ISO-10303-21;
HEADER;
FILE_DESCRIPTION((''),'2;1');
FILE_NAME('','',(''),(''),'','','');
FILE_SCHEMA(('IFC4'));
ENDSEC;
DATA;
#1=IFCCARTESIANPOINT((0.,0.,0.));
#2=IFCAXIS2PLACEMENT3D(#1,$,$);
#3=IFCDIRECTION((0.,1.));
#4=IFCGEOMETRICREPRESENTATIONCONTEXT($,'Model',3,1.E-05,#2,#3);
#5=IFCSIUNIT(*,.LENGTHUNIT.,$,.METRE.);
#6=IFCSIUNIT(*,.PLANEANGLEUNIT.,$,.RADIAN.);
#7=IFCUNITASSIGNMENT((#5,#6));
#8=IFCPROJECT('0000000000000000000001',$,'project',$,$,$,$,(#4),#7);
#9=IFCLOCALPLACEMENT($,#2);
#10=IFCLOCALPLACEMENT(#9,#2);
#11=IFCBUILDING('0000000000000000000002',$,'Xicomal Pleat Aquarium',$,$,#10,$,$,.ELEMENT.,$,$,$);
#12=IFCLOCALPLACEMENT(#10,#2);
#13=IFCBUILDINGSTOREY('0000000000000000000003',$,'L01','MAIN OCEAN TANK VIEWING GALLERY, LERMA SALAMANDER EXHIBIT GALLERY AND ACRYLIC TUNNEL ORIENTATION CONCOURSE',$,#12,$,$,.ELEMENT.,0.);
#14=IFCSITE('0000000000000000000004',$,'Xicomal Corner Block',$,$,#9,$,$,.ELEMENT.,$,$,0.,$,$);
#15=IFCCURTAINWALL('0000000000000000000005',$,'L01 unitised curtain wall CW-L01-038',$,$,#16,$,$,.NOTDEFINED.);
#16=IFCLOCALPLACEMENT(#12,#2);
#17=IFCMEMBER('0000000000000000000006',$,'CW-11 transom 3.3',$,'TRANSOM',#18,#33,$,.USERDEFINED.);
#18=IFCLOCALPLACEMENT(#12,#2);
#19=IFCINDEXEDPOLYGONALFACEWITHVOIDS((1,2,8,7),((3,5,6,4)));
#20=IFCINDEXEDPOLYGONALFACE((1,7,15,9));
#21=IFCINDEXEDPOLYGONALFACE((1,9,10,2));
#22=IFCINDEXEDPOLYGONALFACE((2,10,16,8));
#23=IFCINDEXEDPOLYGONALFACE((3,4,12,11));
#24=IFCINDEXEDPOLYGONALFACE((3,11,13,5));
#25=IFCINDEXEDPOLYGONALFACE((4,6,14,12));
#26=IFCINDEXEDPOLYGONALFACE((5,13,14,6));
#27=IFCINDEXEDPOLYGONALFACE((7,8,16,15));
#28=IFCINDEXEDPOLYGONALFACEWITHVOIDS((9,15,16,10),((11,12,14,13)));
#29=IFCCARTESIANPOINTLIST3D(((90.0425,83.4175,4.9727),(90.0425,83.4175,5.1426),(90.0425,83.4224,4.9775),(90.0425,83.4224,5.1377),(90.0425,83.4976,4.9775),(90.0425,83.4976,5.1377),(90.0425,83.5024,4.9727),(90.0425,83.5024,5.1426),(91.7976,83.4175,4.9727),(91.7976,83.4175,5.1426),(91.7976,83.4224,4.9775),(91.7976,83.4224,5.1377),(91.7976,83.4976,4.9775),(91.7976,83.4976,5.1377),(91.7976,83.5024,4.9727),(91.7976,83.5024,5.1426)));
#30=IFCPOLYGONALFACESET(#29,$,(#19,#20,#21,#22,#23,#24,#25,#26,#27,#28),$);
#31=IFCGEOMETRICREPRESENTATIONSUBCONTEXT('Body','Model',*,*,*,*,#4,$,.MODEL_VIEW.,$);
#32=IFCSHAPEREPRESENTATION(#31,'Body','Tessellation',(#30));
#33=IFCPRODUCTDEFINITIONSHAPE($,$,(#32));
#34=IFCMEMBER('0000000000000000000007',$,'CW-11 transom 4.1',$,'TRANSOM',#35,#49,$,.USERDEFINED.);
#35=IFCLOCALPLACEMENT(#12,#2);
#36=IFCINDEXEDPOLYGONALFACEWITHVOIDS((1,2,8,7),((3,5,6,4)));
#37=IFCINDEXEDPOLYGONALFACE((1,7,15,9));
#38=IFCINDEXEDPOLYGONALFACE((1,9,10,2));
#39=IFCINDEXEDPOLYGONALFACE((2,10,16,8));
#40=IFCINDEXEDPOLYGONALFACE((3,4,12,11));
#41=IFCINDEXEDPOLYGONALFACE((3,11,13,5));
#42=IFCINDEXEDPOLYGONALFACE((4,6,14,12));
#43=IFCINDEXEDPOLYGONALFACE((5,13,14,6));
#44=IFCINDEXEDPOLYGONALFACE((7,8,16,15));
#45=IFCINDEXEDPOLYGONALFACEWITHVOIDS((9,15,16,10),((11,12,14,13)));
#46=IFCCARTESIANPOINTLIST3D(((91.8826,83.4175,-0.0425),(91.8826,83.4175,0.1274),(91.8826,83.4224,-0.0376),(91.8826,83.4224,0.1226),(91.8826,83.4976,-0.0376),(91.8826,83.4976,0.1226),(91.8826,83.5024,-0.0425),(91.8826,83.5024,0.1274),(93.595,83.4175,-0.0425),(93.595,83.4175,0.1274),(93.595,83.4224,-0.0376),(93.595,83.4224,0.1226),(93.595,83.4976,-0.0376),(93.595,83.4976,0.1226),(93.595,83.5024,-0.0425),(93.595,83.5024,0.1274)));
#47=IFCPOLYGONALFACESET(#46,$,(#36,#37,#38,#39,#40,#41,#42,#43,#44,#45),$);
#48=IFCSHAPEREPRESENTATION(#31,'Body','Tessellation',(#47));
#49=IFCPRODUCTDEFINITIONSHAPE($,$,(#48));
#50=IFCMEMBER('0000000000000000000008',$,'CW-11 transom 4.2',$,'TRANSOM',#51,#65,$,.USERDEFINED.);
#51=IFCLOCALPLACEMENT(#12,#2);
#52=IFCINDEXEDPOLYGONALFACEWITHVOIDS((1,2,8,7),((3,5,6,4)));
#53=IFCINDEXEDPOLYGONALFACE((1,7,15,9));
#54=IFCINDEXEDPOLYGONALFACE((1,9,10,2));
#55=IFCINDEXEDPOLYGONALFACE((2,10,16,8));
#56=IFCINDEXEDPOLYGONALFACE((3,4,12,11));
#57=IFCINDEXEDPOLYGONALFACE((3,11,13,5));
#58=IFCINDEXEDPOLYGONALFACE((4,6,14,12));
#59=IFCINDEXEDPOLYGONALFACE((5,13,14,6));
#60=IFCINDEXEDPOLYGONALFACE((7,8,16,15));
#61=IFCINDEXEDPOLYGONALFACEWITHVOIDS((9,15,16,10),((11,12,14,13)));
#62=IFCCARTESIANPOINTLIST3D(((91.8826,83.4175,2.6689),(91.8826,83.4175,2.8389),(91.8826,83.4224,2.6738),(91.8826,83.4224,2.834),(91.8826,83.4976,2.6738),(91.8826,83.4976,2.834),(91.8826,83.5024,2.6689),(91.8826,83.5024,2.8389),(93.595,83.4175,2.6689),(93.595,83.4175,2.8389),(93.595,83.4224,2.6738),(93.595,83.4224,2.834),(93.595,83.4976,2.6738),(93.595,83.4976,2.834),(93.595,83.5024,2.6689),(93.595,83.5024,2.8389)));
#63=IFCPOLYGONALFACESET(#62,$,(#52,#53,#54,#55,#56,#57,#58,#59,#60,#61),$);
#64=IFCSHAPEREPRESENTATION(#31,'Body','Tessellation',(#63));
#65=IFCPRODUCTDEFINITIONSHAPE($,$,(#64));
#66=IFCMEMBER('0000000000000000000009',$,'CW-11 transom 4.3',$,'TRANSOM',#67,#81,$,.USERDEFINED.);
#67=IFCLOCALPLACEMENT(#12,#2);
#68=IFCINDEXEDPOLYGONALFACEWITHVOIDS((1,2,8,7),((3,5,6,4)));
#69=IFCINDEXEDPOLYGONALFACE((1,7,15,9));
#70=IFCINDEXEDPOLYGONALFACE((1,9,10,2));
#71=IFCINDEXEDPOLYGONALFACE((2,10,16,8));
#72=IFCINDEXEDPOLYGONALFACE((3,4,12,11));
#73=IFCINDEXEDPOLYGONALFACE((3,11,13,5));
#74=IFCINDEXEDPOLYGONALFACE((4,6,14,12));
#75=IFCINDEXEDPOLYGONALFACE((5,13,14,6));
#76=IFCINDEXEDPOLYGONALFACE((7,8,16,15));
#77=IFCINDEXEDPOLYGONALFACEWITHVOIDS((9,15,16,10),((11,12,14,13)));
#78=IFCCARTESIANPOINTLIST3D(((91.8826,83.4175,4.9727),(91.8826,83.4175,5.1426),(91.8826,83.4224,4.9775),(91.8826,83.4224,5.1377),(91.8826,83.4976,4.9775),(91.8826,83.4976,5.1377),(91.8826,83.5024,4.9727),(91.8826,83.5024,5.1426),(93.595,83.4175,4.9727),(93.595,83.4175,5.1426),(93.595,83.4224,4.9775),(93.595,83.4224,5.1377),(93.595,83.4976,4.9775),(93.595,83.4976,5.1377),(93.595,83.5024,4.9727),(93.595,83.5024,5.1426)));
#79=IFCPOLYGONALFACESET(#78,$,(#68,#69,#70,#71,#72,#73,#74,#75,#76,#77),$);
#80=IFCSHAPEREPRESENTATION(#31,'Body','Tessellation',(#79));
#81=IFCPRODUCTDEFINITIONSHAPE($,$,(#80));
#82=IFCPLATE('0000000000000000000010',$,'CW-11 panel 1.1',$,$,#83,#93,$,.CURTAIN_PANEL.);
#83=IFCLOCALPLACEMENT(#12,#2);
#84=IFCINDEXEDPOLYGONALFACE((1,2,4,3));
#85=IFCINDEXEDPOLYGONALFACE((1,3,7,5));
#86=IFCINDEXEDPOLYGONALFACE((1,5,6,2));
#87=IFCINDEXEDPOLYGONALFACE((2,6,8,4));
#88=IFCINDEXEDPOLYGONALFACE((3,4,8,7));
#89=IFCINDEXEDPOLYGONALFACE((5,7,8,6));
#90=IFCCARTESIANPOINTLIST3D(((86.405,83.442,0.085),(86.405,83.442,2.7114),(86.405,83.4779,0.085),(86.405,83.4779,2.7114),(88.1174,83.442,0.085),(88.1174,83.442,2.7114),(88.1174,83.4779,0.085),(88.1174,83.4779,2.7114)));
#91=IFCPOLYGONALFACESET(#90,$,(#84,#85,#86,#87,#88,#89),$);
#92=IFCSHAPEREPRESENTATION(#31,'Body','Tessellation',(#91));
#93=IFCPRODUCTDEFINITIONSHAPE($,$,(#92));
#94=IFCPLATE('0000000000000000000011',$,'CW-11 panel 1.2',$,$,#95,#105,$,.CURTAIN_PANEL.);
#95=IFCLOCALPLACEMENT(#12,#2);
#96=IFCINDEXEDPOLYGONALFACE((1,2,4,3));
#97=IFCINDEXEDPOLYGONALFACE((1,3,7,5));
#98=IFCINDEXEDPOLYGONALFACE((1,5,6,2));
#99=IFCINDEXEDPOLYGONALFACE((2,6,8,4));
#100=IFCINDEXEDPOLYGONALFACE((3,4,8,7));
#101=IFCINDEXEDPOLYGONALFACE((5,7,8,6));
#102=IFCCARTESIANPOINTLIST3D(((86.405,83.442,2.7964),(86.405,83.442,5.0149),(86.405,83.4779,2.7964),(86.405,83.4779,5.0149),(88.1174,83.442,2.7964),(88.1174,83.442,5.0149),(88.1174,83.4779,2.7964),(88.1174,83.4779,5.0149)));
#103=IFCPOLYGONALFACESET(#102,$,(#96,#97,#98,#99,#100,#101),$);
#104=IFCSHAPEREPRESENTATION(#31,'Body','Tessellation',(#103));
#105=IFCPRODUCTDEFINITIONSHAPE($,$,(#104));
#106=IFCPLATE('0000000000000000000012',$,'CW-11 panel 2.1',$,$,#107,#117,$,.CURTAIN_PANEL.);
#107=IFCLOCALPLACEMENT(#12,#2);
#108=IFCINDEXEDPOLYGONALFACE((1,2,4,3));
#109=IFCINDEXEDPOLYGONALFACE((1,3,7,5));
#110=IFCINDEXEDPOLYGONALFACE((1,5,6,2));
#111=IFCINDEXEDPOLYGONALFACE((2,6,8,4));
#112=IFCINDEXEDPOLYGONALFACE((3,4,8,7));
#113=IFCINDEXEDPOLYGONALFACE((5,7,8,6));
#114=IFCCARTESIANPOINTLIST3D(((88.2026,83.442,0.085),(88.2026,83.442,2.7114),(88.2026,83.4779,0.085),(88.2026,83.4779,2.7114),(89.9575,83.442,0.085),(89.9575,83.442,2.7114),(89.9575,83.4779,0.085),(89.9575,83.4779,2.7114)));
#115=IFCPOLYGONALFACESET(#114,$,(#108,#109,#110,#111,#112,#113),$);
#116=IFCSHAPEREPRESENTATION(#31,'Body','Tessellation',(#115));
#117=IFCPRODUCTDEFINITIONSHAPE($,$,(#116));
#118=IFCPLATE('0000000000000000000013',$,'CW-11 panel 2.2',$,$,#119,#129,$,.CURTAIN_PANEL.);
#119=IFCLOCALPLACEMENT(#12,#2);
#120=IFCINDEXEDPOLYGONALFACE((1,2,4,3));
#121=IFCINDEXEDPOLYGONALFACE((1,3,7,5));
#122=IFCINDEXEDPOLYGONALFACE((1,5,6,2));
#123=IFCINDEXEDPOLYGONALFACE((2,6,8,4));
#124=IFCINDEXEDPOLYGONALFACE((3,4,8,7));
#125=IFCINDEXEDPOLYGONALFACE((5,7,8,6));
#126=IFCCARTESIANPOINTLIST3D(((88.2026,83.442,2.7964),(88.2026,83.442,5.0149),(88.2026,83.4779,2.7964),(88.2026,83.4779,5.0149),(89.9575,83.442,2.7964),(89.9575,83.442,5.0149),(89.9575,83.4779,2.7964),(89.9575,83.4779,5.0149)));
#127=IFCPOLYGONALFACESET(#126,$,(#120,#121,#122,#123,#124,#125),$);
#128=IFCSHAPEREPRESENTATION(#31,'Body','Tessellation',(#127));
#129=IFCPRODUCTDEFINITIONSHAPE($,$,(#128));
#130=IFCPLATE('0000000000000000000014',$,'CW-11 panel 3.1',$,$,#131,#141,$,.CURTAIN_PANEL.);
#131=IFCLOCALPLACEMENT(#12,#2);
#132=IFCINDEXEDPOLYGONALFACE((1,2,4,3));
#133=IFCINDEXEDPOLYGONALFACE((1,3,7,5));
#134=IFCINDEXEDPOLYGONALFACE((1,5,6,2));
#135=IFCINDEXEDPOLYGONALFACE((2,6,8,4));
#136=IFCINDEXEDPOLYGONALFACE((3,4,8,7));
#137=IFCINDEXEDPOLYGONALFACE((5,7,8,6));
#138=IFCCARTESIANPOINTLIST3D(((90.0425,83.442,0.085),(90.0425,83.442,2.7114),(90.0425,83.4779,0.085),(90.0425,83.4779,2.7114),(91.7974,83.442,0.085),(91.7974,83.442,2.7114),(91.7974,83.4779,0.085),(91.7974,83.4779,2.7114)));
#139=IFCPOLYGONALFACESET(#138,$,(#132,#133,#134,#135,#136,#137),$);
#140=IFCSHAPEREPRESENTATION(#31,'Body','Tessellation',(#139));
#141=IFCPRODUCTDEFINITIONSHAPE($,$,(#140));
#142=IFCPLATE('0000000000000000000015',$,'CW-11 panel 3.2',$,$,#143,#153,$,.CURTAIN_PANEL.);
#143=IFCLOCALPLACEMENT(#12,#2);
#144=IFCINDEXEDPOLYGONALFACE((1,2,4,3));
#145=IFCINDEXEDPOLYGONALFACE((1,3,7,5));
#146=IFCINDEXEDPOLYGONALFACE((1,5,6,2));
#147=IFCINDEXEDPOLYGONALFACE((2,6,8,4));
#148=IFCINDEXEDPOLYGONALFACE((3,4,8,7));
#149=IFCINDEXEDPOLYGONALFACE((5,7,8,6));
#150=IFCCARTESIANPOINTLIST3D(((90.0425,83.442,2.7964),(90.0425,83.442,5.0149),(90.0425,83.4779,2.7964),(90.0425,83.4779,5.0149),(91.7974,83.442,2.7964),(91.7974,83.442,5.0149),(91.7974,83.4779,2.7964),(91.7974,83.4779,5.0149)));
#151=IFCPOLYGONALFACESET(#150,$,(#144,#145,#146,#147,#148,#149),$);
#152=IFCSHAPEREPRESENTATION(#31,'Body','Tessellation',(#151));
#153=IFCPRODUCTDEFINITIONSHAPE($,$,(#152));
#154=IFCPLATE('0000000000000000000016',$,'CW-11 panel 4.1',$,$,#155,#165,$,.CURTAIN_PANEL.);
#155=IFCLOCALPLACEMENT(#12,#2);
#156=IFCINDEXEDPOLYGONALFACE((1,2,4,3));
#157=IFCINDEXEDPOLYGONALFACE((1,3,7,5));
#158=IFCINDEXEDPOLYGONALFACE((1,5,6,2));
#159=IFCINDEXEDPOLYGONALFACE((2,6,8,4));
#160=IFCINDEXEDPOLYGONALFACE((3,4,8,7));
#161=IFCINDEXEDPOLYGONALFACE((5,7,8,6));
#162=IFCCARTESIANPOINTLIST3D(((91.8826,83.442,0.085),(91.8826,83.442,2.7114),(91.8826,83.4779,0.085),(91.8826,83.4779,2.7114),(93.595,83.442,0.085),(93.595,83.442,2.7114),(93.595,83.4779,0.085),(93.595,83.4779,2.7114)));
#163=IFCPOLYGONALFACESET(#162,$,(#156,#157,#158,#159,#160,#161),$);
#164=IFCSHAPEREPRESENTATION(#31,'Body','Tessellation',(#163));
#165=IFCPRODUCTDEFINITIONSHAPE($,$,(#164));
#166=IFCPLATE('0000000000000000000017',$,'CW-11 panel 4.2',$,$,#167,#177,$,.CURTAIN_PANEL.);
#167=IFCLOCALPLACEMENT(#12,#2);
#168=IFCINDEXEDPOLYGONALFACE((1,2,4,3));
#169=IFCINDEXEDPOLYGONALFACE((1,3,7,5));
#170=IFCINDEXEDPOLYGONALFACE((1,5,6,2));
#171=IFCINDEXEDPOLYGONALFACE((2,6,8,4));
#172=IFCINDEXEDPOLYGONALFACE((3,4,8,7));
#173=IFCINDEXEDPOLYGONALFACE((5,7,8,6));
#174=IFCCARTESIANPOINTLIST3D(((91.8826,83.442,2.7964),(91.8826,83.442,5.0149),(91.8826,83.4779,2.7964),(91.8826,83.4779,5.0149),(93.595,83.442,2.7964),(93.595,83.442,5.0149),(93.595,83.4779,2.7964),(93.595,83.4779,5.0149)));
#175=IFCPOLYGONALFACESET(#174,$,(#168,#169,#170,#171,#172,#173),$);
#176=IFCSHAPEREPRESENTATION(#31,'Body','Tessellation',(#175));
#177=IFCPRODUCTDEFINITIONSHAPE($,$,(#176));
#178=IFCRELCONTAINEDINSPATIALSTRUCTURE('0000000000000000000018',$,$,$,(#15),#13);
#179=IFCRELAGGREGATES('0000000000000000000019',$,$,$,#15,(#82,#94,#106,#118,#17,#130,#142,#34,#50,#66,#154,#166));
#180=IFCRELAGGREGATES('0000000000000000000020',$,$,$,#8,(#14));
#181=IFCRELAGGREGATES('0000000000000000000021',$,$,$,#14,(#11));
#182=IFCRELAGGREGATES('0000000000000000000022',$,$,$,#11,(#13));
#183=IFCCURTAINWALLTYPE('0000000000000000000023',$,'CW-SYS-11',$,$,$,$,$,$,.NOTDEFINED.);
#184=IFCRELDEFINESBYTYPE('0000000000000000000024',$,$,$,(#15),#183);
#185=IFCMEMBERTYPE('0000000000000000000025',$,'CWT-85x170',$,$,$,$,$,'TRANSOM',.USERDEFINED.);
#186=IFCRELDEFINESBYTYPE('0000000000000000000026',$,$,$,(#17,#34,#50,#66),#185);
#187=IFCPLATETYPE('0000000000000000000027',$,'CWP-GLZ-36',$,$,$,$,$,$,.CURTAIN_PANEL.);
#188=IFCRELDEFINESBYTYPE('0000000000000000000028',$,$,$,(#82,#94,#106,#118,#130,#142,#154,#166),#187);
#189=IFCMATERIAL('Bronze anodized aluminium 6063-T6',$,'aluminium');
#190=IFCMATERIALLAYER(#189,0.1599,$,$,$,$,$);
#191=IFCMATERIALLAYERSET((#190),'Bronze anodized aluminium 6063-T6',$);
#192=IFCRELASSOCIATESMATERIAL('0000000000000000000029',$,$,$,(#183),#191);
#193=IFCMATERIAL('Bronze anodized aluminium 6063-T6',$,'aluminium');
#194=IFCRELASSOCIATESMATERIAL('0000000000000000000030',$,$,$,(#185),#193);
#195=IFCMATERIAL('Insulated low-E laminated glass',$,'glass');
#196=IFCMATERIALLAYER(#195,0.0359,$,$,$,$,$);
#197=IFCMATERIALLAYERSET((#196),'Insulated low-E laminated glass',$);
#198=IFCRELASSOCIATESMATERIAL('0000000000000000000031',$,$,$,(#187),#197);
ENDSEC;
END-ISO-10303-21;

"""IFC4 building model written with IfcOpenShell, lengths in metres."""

from ifc_helpers import new_model, si_unit, direction, frame, origin, origin_2d, place, context, subcontext, project, spatial, rectangle, hollow_rectangle, extrude, material, layer, layer_set, material_profile, profile_set, type_object, element, aggregate, save


model = new_model("IFC4")

# Units and contexts
model_context = context("Model", 3, precision=1e-05, world=origin(), true_north=direction((0.0, 1.0)))
body_context = subcontext(model_context, "Body", "Model", "MODEL_VIEW")
ifc_project = project(units=[si_unit("LENGTHUNIT", "METRE"), si_unit("PLANEANGLEUNIT", "RADIAN")], contexts=[model_context])

# Site, building, storey
site_placement = place(None, origin())
site = spatial("IfcSite", under=ifc_project, at=site_placement, Name="Xicomal Corner Block", CompositionType="ELEMENT", RefElevation=0.0)
building_placement = place(site_placement, origin())
building = spatial("IfcBuilding", under=site, at=building_placement, Name="Xicomal Pleat Aquarium", CompositionType="ELEMENT")
storey_placement = place(building_placement, origin())
storey = spatial("IfcBuildingStorey", under=building, at=storey_placement, Name="L01", Description="MAIN OCEAN TANK VIEWING GALLERY, LERMA SALAMANDER EXHIBIT GALLERY AND ACRYLIC TUNNEL ORIENTATION CONCOURSE", CompositionType="ELEMENT", Elevation=0.0)

# Curtain wall, members, plates
ifc_material_1 = material(Name="Bronze anodized aluminium 6063-T6", Category="aluminium")
ifc_layer_1 = layer(ifc_material_1, 0.1599)
ifc_layer_set_1 = layer_set([ifc_layer_1], Name="Bronze anodized aluminium 6063-T6")
curtain_wall_type = type_object("IfcCurtainWallType", Name="CW-SYS-11", PredefinedType="NOTDEFINED", material=ifc_layer_set_1)
curtain_wall_placement = place(storey_placement, origin())
curtain_wall = element("IfcCurtainWall", 1, at=curtain_wall_placement, inside=storey, type_object=curtain_wall_type, Name="L01 unitised curtain wall CW-L01-038", PredefinedType="NOTDEFINED")
ifc_material_2 = material(Name="Bronze anodized aluminium 6063-T6", Category="aluminium")
ifc_material_profile_1 = material_profile(ifc_material_2, hollow_rectangle(XDim=0.085, YDim=0.1699, WallThickness=0.0049, at=origin_2d()), Name="ALU TRAN 85x170")
ifc_profile_set_1 = profile_set([ifc_material_profile_1], Name="Bronze anodized aluminium 6063-T6")
member_type_1 = type_object("IfcMemberType", Name="CWT-85x170", ElementType="TRANSOM", PredefinedType="USERDEFINED", material=ifc_profile_set_1)
member_1_placement = place(storey_placement, frame((90.0425, 83.46, 5.0576), z_axis=(1.0, 0.0, 0.0), x_axis=(0.0, 1.0, 0.0)))
member_1 = element("IfcMember", 2, at=member_1_placement, type_object=member_type_1, Name="CW-11 transom 3.3", ObjectType="TRANSOM", PredefinedType="USERDEFINED", context=body_context, shape_type="SweptSolid", body=[
    extrude(hollow_rectangle(XDim=0.085, YDim=0.1699, WallThickness=0.0049, at=origin_2d()), origin(), (0.0, 0.0, 1.0), 1.7551),
])
member_2_placement = place(storey_placement, frame((91.8826, 83.46, 0.0425), z_axis=(1.0, 0.0, 0.0), x_axis=(0.0, 1.0, 0.0)))
member_2 = element("IfcMember", 3, at=member_2_placement, type_object=member_type_1, Name="CW-11 transom 4.1", ObjectType="TRANSOM", PredefinedType="USERDEFINED", context=body_context, shape_type="SweptSolid", body=[
    extrude(hollow_rectangle(XDim=0.085, YDim=0.1699, WallThickness=0.0049, at=origin_2d()), origin(), (0.0, 0.0, 1.0), 1.7124),
])
member_3_placement = place(storey_placement, frame((91.8826, 83.46, 2.7539), z_axis=(1.0, 0.0, 0.0), x_axis=(0.0, 1.0, 0.0)))
member_3 = element("IfcMember", 4, at=member_3_placement, type_object=member_type_1, Name="CW-11 transom 4.2", ObjectType="TRANSOM", PredefinedType="USERDEFINED", context=body_context, shape_type="SweptSolid", body=[
    extrude(hollow_rectangle(XDim=0.085, YDim=0.1699, WallThickness=0.0049, at=origin_2d()), origin(), (0.0, 0.0, 1.0), 1.7124),
])
member_4_placement = place(storey_placement, frame((91.8826, 83.46, 5.0576), z_axis=(1.0, 0.0, 0.0), x_axis=(0.0, 1.0, 0.0)))
member_4 = element("IfcMember", 5, at=member_4_placement, type_object=member_type_1, Name="CW-11 transom 4.3", ObjectType="TRANSOM", PredefinedType="USERDEFINED", context=body_context, shape_type="SweptSolid", body=[
    extrude(hollow_rectangle(XDim=0.085, YDim=0.1699, WallThickness=0.0049, at=origin_2d()), origin(), (0.0, 0.0, 1.0), 1.7124),
])
ifc_material_3 = material(Name="Insulated low-E laminated glass", Category="glass")
ifc_layer_2 = layer(ifc_material_3, 0.0359)
ifc_layer_set_2 = layer_set([ifc_layer_2], Name="Insulated low-E laminated glass")
plate_type = type_object("IfcPlateType", Name="CWP-GLZ-36", PredefinedType="CURTAIN_PANEL", material=ifc_layer_set_2)
plate_1_placement = place(storey_placement, frame((87.2612, 83.46, 0.085), z_axis=(0.0, 0.0, 1.0), x_axis=(1.0, 0.0, 0.0)))
plate_1 = element("IfcPlate", 6, at=plate_1_placement, type_object=plate_type, Name="CW-11 panel 1.1", PredefinedType="CURTAIN_PANEL", context=body_context, shape_type="SweptSolid", body=[
    extrude(rectangle(XDim=1.7124, YDim=0.0359, at=origin_2d()), origin(), (0.0, 0.0, 1.0), 2.6265),
])
plate_2_placement = place(storey_placement, frame((87.2612, 83.46, 2.7964), z_axis=(0.0, 0.0, 1.0), x_axis=(1.0, 0.0, 0.0)))
plate_2 = element("IfcPlate", 7, at=plate_2_placement, type_object=plate_type, Name="CW-11 panel 1.2", PredefinedType="CURTAIN_PANEL", context=body_context, shape_type="SweptSolid", body=[
    extrude(rectangle(XDim=1.7124, YDim=0.0359, at=origin_2d()), origin(), (0.0, 0.0, 1.0), 2.2185),
])
plate_3_placement = place(storey_placement, frame((89.0801, 83.46, 0.085), z_axis=(0.0, 0.0, 1.0), x_axis=(1.0, 0.0, 0.0)))
plate_3 = element("IfcPlate", 8, at=plate_3_placement, type_object=plate_type, Name="CW-11 panel 2.1", PredefinedType="CURTAIN_PANEL", context=body_context, shape_type="SweptSolid", body=[
    extrude(rectangle(XDim=1.7549, YDim=0.0359, at=origin_2d()), origin(), (0.0, 0.0, 1.0), 2.6265),
])
plate_4_placement = place(storey_placement, frame((89.0801, 83.46, 2.7964), z_axis=(0.0, 0.0, 1.0), x_axis=(1.0, 0.0, 0.0)))
plate_4 = element("IfcPlate", 9, at=plate_4_placement, type_object=plate_type, Name="CW-11 panel 2.2", PredefinedType="CURTAIN_PANEL", context=body_context, shape_type="SweptSolid", body=[
    extrude(rectangle(XDim=1.7549, YDim=0.0359, at=origin_2d()), origin(), (0.0, 0.0, 1.0), 2.2185),
])
plate_5_placement = place(storey_placement, frame((90.9199, 83.46, 0.085), z_axis=(0.0, 0.0, 1.0), x_axis=(1.0, 0.0, 0.0)))
plate_5 = element("IfcPlate", 10, at=plate_5_placement, type_object=plate_type, Name="CW-11 panel 3.1", PredefinedType="CURTAIN_PANEL", context=body_context, shape_type="SweptSolid", body=[
    extrude(rectangle(XDim=1.7549, YDim=0.0359, at=origin_2d()), origin(), (0.0, 0.0, 1.0), 2.6265),
])
plate_6_placement = place(storey_placement, frame((90.9199, 83.46, 2.7964), z_axis=(0.0, 0.0, 1.0), x_axis=(1.0, 0.0, 0.0)))
plate_6 = element("IfcPlate", 11, at=plate_6_placement, type_object=plate_type, Name="CW-11 panel 3.2", PredefinedType="CURTAIN_PANEL", context=body_context, shape_type="SweptSolid", body=[
    extrude(rectangle(XDim=1.7549, YDim=0.0359, at=origin_2d()), origin(), (0.0, 0.0, 1.0), 2.2185),
])
plate_7_placement = place(storey_placement, frame((92.7388, 83.46, 0.085), z_axis=(0.0, 0.0, 1.0), x_axis=(1.0, 0.0, 0.0)))
plate_7 = element("IfcPlate", 12, at=plate_7_placement, type_object=plate_type, Name="CW-11 panel 4.1", PredefinedType="CURTAIN_PANEL", context=body_context, shape_type="SweptSolid", body=[
    extrude(rectangle(XDim=1.7124, YDim=0.0359, at=origin_2d()), origin(), (0.0, 0.0, 1.0), 2.6265),
])
plate_8_placement = place(storey_placement, frame((92.7388, 83.46, 2.7964), z_axis=(0.0, 0.0, 1.0), x_axis=(1.0, 0.0, 0.0)))
plate_8 = element("IfcPlate", 13, at=plate_8_placement, type_object=plate_type, Name="CW-11 panel 4.2", PredefinedType="CURTAIN_PANEL", context=body_context, shape_type="SweptSolid", body=[
    extrude(rectangle(XDim=1.7124, YDim=0.0359, at=origin_2d()), origin(), (0.0, 0.0, 1.0), 2.2185),
])
aggregate(curtain_wall, [plate_1, plate_2, plate_3, plate_4, member_1, plate_5, plate_6, member_2, member_3, member_4, plate_7, plate_8])

save(model, "model.ifc")
